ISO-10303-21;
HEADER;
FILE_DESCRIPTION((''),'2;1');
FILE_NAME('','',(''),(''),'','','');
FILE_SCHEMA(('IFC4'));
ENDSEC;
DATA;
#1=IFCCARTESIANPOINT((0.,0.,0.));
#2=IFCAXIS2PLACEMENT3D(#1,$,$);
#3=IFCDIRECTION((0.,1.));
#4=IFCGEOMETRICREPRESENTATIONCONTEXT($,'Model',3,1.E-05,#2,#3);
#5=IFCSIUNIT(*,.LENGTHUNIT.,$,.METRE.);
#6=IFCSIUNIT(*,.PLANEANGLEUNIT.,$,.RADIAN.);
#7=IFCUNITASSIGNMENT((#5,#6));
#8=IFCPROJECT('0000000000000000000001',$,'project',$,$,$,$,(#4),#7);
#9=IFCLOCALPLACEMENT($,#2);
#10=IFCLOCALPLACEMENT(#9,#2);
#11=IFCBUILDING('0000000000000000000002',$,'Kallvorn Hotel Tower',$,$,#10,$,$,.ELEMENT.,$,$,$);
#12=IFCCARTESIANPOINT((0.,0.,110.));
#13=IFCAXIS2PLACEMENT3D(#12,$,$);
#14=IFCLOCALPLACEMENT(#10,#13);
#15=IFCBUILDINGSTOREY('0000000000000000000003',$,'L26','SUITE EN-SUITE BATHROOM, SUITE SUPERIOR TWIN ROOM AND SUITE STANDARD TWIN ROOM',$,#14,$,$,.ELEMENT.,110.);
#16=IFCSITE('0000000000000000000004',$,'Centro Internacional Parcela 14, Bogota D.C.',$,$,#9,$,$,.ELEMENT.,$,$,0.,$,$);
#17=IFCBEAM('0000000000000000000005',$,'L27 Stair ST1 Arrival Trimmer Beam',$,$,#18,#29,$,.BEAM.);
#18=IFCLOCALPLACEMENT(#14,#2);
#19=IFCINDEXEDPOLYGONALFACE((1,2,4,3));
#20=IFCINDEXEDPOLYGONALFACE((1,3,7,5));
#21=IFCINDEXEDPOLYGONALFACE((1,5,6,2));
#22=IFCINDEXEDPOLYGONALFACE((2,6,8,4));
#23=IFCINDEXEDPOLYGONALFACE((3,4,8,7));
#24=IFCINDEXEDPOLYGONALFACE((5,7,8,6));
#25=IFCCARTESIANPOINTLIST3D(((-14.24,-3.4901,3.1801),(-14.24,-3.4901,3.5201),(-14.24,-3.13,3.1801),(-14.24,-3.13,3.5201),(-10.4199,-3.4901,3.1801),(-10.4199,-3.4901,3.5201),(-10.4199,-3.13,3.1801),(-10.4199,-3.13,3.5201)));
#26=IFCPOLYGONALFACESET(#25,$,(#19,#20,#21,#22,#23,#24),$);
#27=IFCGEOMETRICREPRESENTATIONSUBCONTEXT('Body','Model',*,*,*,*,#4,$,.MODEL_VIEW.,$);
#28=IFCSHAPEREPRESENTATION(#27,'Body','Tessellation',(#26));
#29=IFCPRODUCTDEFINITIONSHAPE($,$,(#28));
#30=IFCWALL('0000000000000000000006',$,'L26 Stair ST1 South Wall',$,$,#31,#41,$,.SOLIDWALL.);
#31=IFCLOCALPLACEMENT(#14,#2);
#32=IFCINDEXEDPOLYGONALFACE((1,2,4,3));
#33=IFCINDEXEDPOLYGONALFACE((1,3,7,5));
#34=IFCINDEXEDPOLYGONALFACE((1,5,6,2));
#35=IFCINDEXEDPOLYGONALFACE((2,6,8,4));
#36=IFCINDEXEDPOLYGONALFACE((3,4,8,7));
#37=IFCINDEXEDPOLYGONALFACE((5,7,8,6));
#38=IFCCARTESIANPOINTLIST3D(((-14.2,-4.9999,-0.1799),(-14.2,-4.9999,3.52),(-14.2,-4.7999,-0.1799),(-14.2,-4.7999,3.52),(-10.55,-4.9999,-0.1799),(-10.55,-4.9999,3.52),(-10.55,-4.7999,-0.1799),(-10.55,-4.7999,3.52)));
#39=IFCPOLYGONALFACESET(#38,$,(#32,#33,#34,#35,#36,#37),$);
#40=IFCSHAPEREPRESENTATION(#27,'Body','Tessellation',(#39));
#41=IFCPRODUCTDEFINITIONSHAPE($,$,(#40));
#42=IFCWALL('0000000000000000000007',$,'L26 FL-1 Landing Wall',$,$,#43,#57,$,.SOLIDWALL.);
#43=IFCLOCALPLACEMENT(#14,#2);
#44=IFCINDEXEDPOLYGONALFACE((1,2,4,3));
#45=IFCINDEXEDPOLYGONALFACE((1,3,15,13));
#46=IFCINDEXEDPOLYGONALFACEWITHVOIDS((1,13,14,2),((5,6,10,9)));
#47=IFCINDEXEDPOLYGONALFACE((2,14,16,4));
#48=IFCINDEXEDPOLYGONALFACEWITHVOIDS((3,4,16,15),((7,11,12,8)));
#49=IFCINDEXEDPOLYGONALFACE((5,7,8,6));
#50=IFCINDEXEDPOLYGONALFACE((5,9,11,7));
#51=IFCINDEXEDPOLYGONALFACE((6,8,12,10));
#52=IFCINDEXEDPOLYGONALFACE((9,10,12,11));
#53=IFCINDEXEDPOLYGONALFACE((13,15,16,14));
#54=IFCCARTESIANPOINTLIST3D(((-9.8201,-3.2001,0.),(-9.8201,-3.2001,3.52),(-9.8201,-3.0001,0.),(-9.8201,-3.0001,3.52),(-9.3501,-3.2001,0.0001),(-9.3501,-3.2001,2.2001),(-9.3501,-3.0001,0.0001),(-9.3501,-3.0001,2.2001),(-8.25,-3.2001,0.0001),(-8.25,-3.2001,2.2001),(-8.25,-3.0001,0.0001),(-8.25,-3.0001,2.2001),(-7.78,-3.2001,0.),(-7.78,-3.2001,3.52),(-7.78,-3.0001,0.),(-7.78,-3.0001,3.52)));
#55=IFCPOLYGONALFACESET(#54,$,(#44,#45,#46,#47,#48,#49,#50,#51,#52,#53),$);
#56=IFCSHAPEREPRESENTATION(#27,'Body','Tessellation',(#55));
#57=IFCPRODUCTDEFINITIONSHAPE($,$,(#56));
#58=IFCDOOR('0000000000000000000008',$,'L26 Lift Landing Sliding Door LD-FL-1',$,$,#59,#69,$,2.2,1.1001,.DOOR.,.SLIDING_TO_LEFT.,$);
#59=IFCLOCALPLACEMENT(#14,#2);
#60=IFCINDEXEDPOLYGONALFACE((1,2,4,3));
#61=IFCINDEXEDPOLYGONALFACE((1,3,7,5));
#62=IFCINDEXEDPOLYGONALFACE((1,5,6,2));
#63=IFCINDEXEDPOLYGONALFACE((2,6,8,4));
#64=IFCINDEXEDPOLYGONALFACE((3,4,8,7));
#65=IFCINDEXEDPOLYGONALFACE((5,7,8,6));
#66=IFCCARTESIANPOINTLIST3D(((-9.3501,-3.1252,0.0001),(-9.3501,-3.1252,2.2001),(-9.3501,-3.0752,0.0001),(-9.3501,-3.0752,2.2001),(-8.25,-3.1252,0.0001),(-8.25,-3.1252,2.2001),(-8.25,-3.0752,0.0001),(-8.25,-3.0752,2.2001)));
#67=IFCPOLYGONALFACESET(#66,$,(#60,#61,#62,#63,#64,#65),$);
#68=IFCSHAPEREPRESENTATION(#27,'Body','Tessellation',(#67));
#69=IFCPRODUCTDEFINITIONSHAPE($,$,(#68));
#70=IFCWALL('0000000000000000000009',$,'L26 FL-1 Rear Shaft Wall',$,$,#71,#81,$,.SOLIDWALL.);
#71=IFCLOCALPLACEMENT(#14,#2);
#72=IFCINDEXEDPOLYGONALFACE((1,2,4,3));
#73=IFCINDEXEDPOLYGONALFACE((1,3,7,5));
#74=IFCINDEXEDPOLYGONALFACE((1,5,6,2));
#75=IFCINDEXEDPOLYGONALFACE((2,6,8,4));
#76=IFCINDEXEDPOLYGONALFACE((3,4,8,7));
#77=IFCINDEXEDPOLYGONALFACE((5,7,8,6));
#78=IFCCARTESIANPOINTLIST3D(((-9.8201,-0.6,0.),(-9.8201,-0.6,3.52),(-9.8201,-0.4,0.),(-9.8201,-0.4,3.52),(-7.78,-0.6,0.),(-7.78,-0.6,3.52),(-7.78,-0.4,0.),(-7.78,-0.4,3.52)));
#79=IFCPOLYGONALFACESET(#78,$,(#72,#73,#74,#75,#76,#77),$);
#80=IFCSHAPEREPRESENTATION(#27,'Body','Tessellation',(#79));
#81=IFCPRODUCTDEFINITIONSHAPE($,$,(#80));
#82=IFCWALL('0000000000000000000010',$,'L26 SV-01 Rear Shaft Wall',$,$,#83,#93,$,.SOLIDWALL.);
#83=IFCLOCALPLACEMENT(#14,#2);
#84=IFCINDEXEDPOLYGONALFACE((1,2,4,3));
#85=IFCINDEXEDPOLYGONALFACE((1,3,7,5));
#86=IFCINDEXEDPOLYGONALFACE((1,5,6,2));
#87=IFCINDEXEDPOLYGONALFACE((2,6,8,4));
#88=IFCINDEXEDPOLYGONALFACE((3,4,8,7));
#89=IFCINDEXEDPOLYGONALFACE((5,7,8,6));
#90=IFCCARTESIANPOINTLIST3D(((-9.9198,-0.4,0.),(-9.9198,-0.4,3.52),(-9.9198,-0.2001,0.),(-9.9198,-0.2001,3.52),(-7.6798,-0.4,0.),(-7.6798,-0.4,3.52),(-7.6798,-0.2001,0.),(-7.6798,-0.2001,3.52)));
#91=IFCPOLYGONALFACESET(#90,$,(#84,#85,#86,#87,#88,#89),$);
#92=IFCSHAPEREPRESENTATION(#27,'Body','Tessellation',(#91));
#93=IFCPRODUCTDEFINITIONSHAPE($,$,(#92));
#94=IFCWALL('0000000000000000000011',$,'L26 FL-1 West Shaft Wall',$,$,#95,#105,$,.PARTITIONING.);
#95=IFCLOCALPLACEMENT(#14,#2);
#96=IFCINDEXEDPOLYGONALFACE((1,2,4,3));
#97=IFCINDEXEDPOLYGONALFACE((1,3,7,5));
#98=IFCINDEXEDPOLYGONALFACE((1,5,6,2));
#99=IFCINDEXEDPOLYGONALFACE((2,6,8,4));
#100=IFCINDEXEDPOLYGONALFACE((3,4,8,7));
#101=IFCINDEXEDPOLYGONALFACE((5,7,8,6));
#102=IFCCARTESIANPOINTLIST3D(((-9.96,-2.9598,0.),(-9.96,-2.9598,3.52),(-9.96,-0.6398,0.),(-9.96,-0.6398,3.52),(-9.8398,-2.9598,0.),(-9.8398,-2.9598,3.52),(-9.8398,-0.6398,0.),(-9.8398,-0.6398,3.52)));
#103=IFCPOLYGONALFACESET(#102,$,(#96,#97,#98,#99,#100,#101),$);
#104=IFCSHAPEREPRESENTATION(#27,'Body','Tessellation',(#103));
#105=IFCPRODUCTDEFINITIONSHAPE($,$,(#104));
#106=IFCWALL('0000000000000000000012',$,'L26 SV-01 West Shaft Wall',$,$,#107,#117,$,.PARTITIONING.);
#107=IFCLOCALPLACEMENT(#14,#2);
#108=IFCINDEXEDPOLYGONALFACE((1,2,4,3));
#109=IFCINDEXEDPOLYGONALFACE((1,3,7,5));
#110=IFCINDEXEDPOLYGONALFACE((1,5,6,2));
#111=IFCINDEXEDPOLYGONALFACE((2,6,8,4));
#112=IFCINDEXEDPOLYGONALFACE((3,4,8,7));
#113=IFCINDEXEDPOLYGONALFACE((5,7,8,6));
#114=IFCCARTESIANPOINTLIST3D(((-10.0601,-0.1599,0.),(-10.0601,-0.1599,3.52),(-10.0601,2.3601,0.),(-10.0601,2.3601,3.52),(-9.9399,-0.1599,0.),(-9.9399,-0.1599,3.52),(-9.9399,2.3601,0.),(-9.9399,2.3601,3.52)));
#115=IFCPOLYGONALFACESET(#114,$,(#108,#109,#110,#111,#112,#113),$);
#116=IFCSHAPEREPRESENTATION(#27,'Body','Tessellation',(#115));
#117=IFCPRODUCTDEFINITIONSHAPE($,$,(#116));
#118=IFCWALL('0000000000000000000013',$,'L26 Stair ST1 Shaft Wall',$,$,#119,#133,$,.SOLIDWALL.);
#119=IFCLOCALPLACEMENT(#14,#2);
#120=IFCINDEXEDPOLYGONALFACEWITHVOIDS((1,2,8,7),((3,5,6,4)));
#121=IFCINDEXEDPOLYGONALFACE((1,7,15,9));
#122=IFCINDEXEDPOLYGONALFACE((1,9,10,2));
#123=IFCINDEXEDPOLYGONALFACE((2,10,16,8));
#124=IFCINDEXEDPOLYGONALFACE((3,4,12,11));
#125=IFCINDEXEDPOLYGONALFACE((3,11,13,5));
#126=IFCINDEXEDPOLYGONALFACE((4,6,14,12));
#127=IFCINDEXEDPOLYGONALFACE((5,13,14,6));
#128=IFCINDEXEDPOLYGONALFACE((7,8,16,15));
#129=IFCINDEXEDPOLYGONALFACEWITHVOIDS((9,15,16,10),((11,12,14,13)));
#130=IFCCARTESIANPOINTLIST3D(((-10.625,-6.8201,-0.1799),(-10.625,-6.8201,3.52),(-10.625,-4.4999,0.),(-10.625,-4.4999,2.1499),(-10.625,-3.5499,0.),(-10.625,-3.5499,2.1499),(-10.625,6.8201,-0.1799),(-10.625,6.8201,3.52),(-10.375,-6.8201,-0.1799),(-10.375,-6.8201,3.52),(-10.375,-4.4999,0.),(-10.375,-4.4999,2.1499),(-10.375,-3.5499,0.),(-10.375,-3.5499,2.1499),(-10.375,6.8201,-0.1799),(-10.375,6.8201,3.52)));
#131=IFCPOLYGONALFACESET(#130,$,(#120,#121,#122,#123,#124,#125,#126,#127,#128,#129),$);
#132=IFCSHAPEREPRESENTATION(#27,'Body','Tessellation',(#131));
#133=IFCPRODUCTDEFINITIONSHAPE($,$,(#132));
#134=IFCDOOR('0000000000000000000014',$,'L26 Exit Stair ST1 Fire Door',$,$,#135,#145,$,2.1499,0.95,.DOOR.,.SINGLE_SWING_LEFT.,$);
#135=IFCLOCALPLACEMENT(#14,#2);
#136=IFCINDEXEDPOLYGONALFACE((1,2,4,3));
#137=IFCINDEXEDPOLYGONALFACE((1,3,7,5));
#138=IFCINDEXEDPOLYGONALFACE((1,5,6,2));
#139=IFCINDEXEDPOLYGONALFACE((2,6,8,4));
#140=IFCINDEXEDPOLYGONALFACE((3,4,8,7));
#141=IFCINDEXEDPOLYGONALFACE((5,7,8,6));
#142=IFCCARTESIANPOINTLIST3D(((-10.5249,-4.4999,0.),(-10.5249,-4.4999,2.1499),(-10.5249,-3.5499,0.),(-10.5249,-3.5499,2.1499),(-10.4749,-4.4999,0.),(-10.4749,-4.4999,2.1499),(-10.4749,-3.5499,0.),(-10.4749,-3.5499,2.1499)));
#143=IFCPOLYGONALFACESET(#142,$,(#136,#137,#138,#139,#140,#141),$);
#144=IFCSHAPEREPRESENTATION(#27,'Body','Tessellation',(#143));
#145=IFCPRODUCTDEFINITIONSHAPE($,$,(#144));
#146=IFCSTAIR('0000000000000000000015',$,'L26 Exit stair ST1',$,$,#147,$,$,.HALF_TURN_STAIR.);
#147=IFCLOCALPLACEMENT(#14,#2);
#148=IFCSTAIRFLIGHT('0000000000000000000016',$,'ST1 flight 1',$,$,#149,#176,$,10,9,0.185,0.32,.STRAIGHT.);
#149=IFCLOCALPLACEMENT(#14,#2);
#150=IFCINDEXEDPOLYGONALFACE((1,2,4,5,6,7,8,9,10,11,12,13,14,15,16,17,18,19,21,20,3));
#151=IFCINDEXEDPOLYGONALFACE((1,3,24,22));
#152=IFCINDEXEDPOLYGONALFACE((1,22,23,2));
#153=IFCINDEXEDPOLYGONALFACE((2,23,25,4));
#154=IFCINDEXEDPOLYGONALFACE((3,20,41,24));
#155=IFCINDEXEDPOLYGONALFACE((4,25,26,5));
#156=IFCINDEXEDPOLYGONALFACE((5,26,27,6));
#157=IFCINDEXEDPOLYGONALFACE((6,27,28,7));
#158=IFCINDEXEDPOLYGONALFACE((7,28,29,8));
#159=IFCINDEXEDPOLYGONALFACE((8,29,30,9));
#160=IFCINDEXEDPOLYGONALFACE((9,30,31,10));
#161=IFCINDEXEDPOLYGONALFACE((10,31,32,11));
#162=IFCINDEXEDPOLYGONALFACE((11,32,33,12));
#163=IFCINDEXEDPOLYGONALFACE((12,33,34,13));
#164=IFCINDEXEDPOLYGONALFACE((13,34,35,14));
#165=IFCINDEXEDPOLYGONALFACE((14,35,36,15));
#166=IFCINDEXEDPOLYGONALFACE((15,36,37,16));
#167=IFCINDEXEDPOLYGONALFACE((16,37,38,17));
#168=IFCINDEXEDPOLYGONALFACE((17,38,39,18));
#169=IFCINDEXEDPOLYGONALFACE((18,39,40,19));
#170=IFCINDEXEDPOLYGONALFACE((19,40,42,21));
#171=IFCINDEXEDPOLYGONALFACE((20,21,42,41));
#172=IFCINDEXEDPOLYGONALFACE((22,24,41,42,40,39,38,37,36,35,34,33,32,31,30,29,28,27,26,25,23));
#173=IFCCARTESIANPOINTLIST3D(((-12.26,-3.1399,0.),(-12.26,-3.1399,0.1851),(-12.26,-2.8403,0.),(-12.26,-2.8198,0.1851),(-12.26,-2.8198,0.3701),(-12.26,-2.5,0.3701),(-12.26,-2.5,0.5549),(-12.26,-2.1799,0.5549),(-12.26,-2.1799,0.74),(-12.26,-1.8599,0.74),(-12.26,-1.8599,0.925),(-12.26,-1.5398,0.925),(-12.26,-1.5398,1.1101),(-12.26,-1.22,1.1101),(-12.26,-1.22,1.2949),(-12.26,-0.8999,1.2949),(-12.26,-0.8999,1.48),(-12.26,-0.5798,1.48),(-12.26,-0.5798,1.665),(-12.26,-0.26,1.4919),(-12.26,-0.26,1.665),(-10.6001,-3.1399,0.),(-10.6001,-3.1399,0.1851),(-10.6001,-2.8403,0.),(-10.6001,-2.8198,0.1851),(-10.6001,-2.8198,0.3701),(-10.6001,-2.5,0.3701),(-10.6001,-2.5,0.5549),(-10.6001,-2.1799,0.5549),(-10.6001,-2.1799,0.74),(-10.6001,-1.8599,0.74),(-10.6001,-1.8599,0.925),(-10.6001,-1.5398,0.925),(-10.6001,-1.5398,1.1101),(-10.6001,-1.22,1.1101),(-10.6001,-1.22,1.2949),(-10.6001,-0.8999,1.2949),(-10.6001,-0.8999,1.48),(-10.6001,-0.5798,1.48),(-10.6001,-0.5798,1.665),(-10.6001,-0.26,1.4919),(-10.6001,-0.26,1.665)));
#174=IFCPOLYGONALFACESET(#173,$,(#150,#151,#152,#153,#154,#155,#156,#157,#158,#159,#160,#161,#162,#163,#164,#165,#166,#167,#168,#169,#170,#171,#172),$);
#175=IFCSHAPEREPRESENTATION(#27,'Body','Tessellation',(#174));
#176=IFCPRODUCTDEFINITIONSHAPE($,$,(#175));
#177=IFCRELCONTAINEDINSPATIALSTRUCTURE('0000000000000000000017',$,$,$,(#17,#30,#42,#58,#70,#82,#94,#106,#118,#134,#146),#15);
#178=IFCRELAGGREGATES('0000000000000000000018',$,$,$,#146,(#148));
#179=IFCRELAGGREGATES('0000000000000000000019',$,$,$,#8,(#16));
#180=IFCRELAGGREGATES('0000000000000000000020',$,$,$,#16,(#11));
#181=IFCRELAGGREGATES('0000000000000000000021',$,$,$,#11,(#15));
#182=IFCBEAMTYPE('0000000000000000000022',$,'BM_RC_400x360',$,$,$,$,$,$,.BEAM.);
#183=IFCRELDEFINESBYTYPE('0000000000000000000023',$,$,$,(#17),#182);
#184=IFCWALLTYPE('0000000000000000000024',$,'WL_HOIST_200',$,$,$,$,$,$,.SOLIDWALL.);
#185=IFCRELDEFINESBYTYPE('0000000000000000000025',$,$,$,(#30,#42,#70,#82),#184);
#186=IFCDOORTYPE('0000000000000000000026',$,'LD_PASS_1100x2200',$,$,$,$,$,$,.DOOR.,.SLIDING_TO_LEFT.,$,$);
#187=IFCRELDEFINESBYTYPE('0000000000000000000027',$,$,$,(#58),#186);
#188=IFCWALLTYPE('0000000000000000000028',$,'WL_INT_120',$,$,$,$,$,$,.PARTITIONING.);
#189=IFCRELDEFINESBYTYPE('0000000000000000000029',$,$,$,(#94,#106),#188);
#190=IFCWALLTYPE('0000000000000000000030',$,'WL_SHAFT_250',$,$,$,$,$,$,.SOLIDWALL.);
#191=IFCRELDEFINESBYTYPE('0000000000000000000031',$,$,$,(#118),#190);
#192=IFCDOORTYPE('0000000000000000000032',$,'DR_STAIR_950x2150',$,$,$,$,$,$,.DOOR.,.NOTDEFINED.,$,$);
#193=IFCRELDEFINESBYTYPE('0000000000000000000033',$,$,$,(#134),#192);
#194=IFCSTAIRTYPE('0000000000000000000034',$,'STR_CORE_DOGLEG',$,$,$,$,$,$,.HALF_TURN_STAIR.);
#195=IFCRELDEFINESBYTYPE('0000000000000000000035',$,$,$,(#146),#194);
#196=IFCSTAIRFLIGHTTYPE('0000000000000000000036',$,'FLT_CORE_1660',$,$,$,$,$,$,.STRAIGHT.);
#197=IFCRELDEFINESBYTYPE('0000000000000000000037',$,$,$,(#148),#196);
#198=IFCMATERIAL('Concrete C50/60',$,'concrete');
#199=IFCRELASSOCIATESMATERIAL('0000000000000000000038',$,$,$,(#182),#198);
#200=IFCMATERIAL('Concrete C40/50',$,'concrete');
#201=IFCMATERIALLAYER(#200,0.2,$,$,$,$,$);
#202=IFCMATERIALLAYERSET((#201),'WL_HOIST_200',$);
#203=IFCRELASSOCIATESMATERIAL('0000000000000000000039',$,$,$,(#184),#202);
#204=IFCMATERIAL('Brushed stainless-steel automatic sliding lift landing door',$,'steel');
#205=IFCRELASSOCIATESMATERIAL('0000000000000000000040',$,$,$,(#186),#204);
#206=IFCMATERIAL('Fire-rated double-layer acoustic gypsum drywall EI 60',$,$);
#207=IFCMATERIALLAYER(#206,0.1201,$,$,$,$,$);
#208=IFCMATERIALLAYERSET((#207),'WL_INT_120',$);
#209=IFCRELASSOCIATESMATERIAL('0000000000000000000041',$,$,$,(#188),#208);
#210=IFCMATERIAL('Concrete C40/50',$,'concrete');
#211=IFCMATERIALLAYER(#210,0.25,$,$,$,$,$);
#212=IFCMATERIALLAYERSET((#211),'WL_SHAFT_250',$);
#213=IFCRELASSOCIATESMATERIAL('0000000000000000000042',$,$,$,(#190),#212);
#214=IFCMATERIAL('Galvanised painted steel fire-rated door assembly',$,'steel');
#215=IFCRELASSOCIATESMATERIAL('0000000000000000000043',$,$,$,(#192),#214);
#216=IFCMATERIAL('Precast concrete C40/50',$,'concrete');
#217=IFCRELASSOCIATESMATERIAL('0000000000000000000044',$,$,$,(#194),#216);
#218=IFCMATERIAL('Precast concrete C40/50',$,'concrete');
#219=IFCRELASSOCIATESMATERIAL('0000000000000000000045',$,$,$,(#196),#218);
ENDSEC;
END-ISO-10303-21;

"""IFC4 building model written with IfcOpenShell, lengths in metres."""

from ifc_helpers import new_model, si_unit, direction, frame, frame_2d, origin, origin_2d, place, context, subcontext, project, spatial, polyline, rectangle, outline, extrude, material, layer, layer_set, material_profile, profile_set, type_object, element, fill, aggregate, save


model = new_model("IFC4")

# Units and contexts
model_context = context("Model", 3, precision=1e-05, world=origin(), true_north=direction((0.0, 1.0)))
body_context = subcontext(model_context, "Body", "Model", "MODEL_VIEW")
ifc_project = project(units=[si_unit("LENGTHUNIT", "METRE"), si_unit("PLANEANGLEUNIT", "RADIAN")], contexts=[model_context])

# Site, building, storey
site_placement = place(None, origin())
site = spatial("IfcSite", under=ifc_project, at=site_placement, Name="Centro Internacional Parcela 14, Bogota D.C.", CompositionType="ELEMENT", RefElevation=0.0)
building_placement = place(site_placement, origin())
building = spatial("IfcBuilding", under=site, at=building_placement, Name="Kallvorn Hotel Tower", CompositionType="ELEMENT")
storey_placement = place(building_placement, frame((0.0, 0.0, 110.0)))
storey = spatial("IfcBuildingStorey", under=building, at=storey_placement, Name="L26", Description="SUITE EN-SUITE BATHROOM, SUITE SUPERIOR TWIN ROOM AND SUITE STANDARD TWIN ROOM", CompositionType="ELEMENT", Elevation=110.0)

# Beam
ifc_material_1 = material(Name="Concrete C50/60", Category="concrete")
ifc_material_profile = material_profile(ifc_material_1, rectangle(XDim=0.3601, YDim=0.3401, at=origin_2d()), Name="RC 360x340")
ifc_profile_set = profile_set([ifc_material_profile], Name="Concrete C50/60")
beam_type = type_object("IfcBeamType", Name="BM_RC_400x360", PredefinedType="BEAM", material=ifc_profile_set)
beam_placement = place(storey_placement, frame((-10.4199, -3.3101, 3.3501), z_axis=(-1.0, 0.0, 0.0), x_axis=(0.0, -1.0, 0.0)))
element("IfcBeam", 1, at=beam_placement, inside=storey, type_object=beam_type, Name="L27 Stair ST1 Arrival Trimmer Beam", PredefinedType="BEAM", context=body_context, shape_type="SweptSolid", body=[
    extrude(rectangle(XDim=0.3601, YDim=0.3401, at=origin_2d()), origin(), (0.0, 0.0, 1.0), 3.8201),
])

# Wall
ifc_material_2 = material(Name="Concrete C40/50", Category="concrete")
ifc_layer_1 = layer(ifc_material_2, 0.2)
ifc_layer_set_1 = layer_set([ifc_layer_1], Name="WL_HOIST_200")
wall_type_1 = type_object("IfcWallType", Name="WL_HOIST_200", PredefinedType="SOLIDWALL", material=ifc_layer_set_1)
wall_1_placement = place(storey_placement, frame((-14.2, -4.8999, -0.1799), z_axis=(0.0, 0.0, 1.0), x_axis=(1.0, 0.0, 0.0)))
element("IfcWall", 2, at=wall_1_placement, inside=storey, type_object=wall_type_1, Name="L26 Stair ST1 South Wall", PredefinedType="SOLIDWALL", context=body_context, shape_type="SweptSolid", body=[
    extrude(rectangle(XDim=3.6499, YDim=0.2, at=frame_2d((1.825, 0.0))), origin(), (0.0, 0.0, 1.0), 3.7),
])

# Wall, opening, door
wall_2_placement = place(storey_placement, frame((-9.8201, -3.1001, 0.0), z_axis=(0.0, 0.0, 1.0), x_axis=(1.0, 0.0, 0.0)))
wall_2 = element("IfcWall", 3, at=wall_2_placement, inside=storey, type_object=wall_type_1, Name="L26 FL-1 Landing Wall", PredefinedType="SOLIDWALL", context=body_context, shape_type="SweptSolid", body=[
    extrude(rectangle(XDim=2.04, YDim=0.2, at=frame_2d((1.02, 0.0))), origin(), (0.0, 0.0, 1.0), 3.52),
])
opening_1_placement = place(wall_2_placement, frame((0.47, 0.0, 0.0)))
opening_1 = element("IfcOpeningElement", 4, at=opening_1_placement, cuts=wall_2, PredefinedType="OPENING", context=body_context, shape_type="SweptSolid", body=[
    extrude(rectangle(XDim=1.1001, YDim=2.2, at=frame_2d((0.55, 1.1001))), frame((0.0, 0.115, 0.0), z_axis=(0.0, -1.0, 0.0), x_axis=(1.0, 0.0, 0.0)), (0.0, 0.0, 1.0), 0.23),
])
ifc_material_3 = material(Name="Brushed stainless-steel automatic sliding lift landing door", Category="steel")
door_type_1 = type_object("IfcDoorType", Name="LD_PASS_1100x2200", OperationType="SLIDING_TO_LEFT", PredefinedType="DOOR", material=ifc_material_3)
door_1_placement = place(opening_1_placement, origin())
door_1 = element("IfcDoor", 5, at=door_1_placement, inside=storey, type_object=door_type_1, Name="L26 Lift Landing Sliding Door LD-FL-1", OperationType="SLIDING_TO_LEFT", OverallHeight=2.2, OverallWidth=1.1001, PredefinedType="DOOR", context=body_context, shape_type="SweptSolid", body=[
    extrude(rectangle(XDim=1.1001, YDim=2.2, at=frame_2d((0.55, 1.1001))), frame((0.0, 0.0249, 0.0), z_axis=(0.0, -1.0, 0.0), x_axis=(1.0, 0.0, 0.0)), (0.0, 0.0, 1.0), 0.05),
])
fill(opening_1, door_1)

# Walls
wall_3_placement = place(storey_placement, frame((-9.8201, -0.5, 0.0), z_axis=(0.0, 0.0, 1.0), x_axis=(1.0, 0.0, 0.0)))
element("IfcWall", 6, at=wall_3_placement, inside=storey, type_object=wall_type_1, Name="L26 FL-1 Rear Shaft Wall", PredefinedType="SOLIDWALL", context=body_context, shape_type="SweptSolid", body=[
    extrude(rectangle(XDim=2.04, YDim=0.2, at=frame_2d((1.02, 0.0))), origin(), (0.0, 0.0, 1.0), 3.52),
])
wall_4_placement = place(storey_placement, frame((-9.9199, -0.3, 0.0), z_axis=(0.0, 0.0, 1.0), x_axis=(1.0, 0.0, 0.0)))
element("IfcWall", 7, at=wall_4_placement, inside=storey, type_object=wall_type_1, Name="L26 SV-01 Rear Shaft Wall", PredefinedType="SOLIDWALL", context=body_context, shape_type="SweptSolid", body=[
    extrude(rectangle(XDim=2.24, YDim=0.2, at=frame_2d((1.1201, 0.0))), origin(), (0.0, 0.0, 1.0), 3.52),
])
ifc_material_4 = material(Name="Fire-rated double-layer acoustic gypsum drywall EI 60")
ifc_layer_2 = layer(ifc_material_4, 0.1201)
ifc_layer_set_2 = layer_set([ifc_layer_2], Name="WL_INT_120")
wall_type_2 = type_object("IfcWallType", Name="WL_INT_120", PredefinedType="PARTITIONING", material=ifc_layer_set_2)
wall_5_placement = place(storey_placement, frame((-9.8999, -2.96, 0.0), z_axis=(0.0, 0.0, 1.0), x_axis=(0.0, 1.0, 0.0)))
element("IfcWall", 8, at=wall_5_placement, inside=storey, type_object=wall_type_2, Name="L26 FL-1 West Shaft Wall", PredefinedType="PARTITIONING", context=body_context, shape_type="SweptSolid", body=[
    extrude(rectangle(XDim=2.3201, YDim=0.1201, at=frame_2d((1.1602, 0.0))), origin(), (0.0, 0.0, 1.0), 3.52),
])
wall_6_placement = place(storey_placement, frame((-10.0, -0.1599, 0.0), z_axis=(0.0, 0.0, 1.0), x_axis=(0.0, 1.0, 0.0)))
element("IfcWall", 9, at=wall_6_placement, inside=storey, type_object=wall_type_2, Name="L26 SV-01 West Shaft Wall", PredefinedType="PARTITIONING", context=body_context, shape_type="SweptSolid", body=[
    extrude(rectangle(XDim=2.52, YDim=0.1201, at=frame_2d((1.26, 0.0))), origin(), (0.0, 0.0, 1.0), 3.52),
])

# Wall, opening, door
ifc_material_5 = material(Name="Concrete C40/50", Category="concrete")
ifc_layer_3 = layer(ifc_material_5, 0.25)
ifc_layer_set_3 = layer_set([ifc_layer_3], Name="WL_SHAFT_250")
wall_type_3 = type_object("IfcWallType", Name="WL_SHAFT_250", PredefinedType="SOLIDWALL", material=ifc_layer_set_3)
wall_7_placement = place(storey_placement, frame((-10.5, -6.8201, -0.1799), z_axis=(0.0, 0.0, 1.0), x_axis=(0.0, 1.0, 0.0)))
wall_7 = element("IfcWall", 10, at=wall_7_placement, inside=storey, type_object=wall_type_3, Name="L26 Stair ST1 Shaft Wall", PredefinedType="SOLIDWALL", context=body_context, shape_type="SweptSolid", body=[
    extrude(rectangle(XDim=13.6401, YDim=0.25, at=frame_2d((6.8201, 0.0))), origin(), (0.0, 0.0, 1.0), 3.7),
])
opening_2_placement = place(wall_7_placement, frame((2.3201, 0.0, 0.1799)))
opening_2 = element("IfcOpeningElement", 11, at=opening_2_placement, cuts=wall_7, PredefinedType="OPENING", context=body_context, shape_type="SweptSolid", body=[
    extrude(rectangle(XDim=0.95, YDim=2.1499, at=frame_2d((0.4751, 1.075))), frame((0.0, 0.1399, 0.0), z_axis=(0.0, -1.0, 0.0), x_axis=(1.0, 0.0, 0.0)), (0.0, 0.0, 1.0), 0.28),
])
ifc_material_6 = material(Name="Galvanised painted steel fire-rated door assembly", Category="steel")
door_type_2 = type_object("IfcDoorType", Name="DR_STAIR_950x2150", OperationType="NOTDEFINED", PredefinedType="DOOR", material=ifc_material_6)
door_2_placement = place(opening_2_placement, origin())
door_2 = element("IfcDoor", 12, at=door_2_placement, inside=storey, type_object=door_type_2, Name="L26 Exit Stair ST1 Fire Door", OperationType="SINGLE_SWING_LEFT", OverallHeight=2.1499, OverallWidth=0.95, PredefinedType="DOOR", context=body_context, shape_type="SweptSolid", body=[
    extrude(rectangle(XDim=0.95, YDim=2.1499, at=frame_2d((0.4751, 1.075))), frame((0.0, 0.0249, 0.0), z_axis=(0.0, -1.0, 0.0), x_axis=(1.0, 0.0, 0.0)), (0.0, 0.0, 1.0), 0.05),
])
fill(opening_2, door_2)

# Stair, stair flight
ifc_material_7 = material(Name="Precast concrete C40/50", Category="concrete")
stair_type = type_object("IfcStairType", Name="STR_CORE_DOGLEG", PredefinedType="HALF_TURN_STAIR", material=ifc_material_7)
stair_placement = place(storey_placement, origin())
stair = element("IfcStair", 13, at=stair_placement, inside=storey, type_object=stair_type, Name="L26 Exit stair ST1", PredefinedType="HALF_TURN_STAIR")
ifc_material_8 = material(Name="Precast concrete C40/50", Category="concrete")
stair_flight_type = type_object("IfcStairFlightType", Name="FLT_CORE_1660", PredefinedType="STRAIGHT", material=ifc_material_8)
stair_flight_1_placement = place(storey_placement, frame((-11.4299, -3.1399, 0.0), z_axis=(0.0, 0.0, 1.0), x_axis=(0.0, 1.0, 0.0)))
stair_flight_1 = element("IfcStairFlight", 14, at=stair_flight_1_placement, type_object=stair_flight_type, Name="ST1 flight 1", NumberOfRisers=10, NumberOfTreads=9, PredefinedType="STRAIGHT", RiserHeight=0.185, TreadLength=0.32, context=body_context, shape_type="SweptSolid", body=[
    extrude(outline(polyline([(0.0, 0.0), (0.0, 0.1851), (0.3201, 0.1851), (0.3201, 0.3701), (0.6399, 0.3701), (0.6399, 0.5549), (0.96, 0.5549), (0.96, 0.74), (1.28, 0.74), (1.28, 0.925), (1.6001, 0.925), (1.6001, 1.1101), (1.9199, 1.1101), (1.9199, 1.2949), (2.24, 1.2949), (2.24, 1.48), (2.5601, 1.48), (2.5601, 1.665), (2.8799, 1.665), (2.8799, 1.8501), (2.8799, 1.4919), (0.2996, 0.0), (0.0, 0.0)])), frame((0.0, 0.8301, 0.0), z_axis=(0.0, -1.0, 0.0), x_axis=(1.0, 0.0, 0.0)), (0.0, 0.0, 1.0), 1.6599),
])
aggregate(stair, [stair_flight_1])

save(model, "model.ifc")
